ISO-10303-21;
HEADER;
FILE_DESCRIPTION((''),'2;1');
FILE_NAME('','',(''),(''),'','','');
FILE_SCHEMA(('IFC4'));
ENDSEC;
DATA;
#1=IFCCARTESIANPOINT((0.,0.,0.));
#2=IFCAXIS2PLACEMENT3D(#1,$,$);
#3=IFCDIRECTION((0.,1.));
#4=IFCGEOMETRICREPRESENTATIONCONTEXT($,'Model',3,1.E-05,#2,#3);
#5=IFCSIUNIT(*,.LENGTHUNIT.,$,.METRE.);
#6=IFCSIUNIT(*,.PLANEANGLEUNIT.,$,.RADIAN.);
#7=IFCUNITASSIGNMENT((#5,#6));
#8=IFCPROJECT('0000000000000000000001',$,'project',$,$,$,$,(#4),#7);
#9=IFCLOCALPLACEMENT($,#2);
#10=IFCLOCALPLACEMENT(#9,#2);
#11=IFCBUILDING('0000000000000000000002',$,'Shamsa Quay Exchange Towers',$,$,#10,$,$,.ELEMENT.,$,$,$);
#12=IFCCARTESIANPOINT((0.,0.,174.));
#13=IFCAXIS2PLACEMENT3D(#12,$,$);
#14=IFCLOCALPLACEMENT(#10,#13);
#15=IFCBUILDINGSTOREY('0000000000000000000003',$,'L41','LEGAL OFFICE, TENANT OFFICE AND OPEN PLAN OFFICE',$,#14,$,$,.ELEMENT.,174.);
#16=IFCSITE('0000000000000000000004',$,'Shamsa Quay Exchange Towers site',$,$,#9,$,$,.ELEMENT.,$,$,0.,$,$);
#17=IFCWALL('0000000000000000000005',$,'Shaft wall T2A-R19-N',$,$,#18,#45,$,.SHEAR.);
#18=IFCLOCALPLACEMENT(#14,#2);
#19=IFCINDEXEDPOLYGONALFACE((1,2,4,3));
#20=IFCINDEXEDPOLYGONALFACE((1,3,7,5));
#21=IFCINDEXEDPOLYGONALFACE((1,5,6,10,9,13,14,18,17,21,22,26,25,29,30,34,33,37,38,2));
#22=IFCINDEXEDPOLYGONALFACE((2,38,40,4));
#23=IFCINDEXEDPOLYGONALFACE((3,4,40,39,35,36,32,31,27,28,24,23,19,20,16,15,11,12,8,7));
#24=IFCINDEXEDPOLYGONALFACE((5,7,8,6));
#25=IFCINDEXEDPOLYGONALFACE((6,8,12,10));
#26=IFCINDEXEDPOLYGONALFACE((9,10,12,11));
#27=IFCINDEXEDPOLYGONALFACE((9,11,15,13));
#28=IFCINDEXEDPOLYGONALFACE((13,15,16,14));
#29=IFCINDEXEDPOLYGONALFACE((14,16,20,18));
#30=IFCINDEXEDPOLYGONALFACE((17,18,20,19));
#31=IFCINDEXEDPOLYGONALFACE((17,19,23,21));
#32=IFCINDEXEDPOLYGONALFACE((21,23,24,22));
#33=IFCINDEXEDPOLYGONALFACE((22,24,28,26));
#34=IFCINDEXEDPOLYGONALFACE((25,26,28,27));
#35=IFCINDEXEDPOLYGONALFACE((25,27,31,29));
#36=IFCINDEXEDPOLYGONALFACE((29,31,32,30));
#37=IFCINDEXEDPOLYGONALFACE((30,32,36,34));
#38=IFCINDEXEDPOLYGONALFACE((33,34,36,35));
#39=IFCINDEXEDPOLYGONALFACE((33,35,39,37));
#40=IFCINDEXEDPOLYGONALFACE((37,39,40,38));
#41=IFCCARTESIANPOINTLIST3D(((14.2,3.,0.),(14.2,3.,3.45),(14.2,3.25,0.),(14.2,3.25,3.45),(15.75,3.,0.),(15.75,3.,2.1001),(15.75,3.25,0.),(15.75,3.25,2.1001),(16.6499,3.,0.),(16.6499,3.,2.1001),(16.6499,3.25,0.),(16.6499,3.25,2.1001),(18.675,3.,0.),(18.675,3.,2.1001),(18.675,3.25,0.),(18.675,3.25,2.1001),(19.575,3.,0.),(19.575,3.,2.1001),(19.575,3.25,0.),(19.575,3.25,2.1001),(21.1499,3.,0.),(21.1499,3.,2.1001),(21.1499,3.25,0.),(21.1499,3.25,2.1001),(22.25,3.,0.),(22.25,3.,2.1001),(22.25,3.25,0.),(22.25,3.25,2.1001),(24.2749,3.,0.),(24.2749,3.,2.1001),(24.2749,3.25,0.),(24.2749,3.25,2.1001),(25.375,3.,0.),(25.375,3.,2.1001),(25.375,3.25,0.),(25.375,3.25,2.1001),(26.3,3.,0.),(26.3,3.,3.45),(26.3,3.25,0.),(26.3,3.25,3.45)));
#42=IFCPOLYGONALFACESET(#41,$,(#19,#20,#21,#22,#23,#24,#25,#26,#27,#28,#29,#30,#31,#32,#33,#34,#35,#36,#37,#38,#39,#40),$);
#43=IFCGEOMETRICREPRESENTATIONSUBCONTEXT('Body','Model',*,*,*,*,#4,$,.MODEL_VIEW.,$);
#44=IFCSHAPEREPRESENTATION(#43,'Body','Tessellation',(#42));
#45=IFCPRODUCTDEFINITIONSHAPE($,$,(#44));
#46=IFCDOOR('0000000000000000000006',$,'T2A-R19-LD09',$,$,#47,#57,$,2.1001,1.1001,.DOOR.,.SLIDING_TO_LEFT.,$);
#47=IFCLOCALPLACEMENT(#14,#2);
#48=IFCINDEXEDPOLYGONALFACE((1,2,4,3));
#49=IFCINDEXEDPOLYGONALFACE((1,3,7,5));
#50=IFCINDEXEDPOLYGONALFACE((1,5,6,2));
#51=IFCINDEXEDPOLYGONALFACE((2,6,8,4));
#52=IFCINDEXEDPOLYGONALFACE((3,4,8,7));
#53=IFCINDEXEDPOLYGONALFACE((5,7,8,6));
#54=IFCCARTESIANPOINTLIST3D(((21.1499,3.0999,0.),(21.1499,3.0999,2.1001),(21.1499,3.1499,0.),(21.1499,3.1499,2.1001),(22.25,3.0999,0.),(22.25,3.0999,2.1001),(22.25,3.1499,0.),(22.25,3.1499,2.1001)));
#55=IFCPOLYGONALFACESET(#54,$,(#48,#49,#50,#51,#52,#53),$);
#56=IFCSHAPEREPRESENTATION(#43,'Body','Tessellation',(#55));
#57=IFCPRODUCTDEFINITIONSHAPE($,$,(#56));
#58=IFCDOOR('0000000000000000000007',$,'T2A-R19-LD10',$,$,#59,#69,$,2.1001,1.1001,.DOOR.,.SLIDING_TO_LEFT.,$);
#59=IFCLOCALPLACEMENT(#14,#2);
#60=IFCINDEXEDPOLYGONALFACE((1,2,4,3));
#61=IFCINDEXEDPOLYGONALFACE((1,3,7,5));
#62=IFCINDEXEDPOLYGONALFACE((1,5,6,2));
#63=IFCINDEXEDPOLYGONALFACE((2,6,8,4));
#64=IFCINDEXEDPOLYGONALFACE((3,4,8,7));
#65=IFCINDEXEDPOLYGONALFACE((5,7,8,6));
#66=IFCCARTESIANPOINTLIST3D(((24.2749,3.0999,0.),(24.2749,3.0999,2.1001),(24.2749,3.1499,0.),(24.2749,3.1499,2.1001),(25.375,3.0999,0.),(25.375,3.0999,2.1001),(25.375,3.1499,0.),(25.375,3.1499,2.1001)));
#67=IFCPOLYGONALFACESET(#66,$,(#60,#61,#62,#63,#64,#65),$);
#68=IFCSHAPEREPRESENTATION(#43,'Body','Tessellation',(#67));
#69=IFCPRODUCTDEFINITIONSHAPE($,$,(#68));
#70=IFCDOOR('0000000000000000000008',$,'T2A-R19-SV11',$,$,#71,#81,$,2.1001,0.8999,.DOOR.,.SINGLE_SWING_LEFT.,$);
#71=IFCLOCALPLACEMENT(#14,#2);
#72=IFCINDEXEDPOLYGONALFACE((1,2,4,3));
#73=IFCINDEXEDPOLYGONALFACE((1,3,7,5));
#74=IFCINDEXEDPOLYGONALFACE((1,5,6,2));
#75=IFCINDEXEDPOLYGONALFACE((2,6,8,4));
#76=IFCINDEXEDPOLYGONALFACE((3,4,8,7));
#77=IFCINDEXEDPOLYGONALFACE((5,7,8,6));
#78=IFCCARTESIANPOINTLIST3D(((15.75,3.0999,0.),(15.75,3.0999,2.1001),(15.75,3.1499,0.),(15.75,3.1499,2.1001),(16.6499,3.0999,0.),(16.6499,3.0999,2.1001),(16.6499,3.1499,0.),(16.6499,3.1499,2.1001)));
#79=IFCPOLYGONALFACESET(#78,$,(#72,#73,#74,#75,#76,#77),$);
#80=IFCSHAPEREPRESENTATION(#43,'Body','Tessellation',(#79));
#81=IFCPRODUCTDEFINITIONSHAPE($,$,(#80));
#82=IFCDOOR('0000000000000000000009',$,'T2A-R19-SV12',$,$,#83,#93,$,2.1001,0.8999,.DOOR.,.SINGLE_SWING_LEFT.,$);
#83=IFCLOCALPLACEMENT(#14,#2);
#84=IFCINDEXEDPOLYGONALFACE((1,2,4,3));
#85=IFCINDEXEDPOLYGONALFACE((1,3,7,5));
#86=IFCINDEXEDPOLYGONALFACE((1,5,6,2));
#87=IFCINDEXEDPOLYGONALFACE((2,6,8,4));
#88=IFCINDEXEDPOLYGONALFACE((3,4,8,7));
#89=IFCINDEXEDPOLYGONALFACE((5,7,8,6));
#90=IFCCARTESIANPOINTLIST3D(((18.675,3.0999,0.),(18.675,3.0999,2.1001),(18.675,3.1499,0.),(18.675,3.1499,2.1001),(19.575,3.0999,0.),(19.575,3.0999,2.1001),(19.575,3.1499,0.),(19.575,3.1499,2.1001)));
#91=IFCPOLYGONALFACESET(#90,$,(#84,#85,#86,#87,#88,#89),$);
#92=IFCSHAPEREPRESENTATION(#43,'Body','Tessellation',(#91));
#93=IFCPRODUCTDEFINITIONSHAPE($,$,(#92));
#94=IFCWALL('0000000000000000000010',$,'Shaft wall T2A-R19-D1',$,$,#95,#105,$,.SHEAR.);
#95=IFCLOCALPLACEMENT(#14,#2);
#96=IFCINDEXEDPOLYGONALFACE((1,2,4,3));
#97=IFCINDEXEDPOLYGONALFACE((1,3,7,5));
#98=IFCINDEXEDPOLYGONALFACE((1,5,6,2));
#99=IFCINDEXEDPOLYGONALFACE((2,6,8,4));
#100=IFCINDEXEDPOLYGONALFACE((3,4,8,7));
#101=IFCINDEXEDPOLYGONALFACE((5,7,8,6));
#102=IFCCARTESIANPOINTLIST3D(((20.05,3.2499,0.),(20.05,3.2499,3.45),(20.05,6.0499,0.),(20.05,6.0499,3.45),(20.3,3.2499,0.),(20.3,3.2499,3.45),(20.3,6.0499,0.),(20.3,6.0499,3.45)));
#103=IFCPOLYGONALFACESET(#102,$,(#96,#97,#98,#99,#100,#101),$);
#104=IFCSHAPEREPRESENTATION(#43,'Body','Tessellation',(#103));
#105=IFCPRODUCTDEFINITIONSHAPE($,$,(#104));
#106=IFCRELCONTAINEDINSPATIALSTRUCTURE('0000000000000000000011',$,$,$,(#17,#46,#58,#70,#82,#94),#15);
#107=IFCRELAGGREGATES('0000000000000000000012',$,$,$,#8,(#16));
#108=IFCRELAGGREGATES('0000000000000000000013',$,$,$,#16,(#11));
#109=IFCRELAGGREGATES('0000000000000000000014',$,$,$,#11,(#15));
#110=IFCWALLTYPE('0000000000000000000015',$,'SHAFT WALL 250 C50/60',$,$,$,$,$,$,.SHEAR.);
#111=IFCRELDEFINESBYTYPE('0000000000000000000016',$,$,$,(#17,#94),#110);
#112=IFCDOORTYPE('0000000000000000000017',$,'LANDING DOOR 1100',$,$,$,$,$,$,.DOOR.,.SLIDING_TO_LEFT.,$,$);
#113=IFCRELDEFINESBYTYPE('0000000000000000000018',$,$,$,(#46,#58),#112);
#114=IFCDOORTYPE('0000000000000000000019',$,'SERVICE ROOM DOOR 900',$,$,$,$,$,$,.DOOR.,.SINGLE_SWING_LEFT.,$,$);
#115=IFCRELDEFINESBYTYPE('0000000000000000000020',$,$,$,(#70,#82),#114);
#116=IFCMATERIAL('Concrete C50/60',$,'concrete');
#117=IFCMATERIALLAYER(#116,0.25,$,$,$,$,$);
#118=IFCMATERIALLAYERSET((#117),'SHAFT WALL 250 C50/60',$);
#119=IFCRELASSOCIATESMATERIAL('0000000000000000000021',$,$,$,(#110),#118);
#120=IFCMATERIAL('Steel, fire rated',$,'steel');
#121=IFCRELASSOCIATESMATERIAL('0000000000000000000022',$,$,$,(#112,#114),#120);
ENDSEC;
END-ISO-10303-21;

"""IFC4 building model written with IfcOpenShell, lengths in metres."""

from ifc_helpers import new_model, si_unit, direction, frame, frame_2d, origin, place, context, subcontext, project, spatial, rectangle, extrude, material, layer, layer_set, type_object, element, fill, save


model = new_model("IFC4")

# Units and contexts
model_context = context("Model", 3, precision=1e-05, world=origin(), true_north=direction((0.0, 1.0)))
body_context = subcontext(model_context, "Body", "Model", "MODEL_VIEW")
ifc_project = project(units=[si_unit("LENGTHUNIT", "METRE"), si_unit("PLANEANGLEUNIT", "RADIAN")], contexts=[model_context])

# Site, building, storey
site_placement = place(None, origin())
site = spatial("IfcSite", under=ifc_project, at=site_placement, Name="Shamsa Quay Exchange Towers site", CompositionType="ELEMENT", RefElevation=0.0)
building_placement = place(site_placement, origin())
building = spatial("IfcBuilding", under=site, at=building_placement, Name="Shamsa Quay Exchange Towers", CompositionType="ELEMENT")
storey_placement = place(building_placement, frame((0.0, 0.0, 174.0)))
storey = spatial("IfcBuildingStorey", under=building, at=storey_placement, Name="L41", Description="LEGAL OFFICE, TENANT OFFICE AND OPEN PLAN OFFICE", CompositionType="ELEMENT", Elevation=174.0)

# Shared definitions
ifc_material_1 = material(Name="Concrete C50/60", Category="concrete")

# Shared definitions
ifc_material_2 = material(Name="Steel, fire rated", Category="steel")

# Wall, openings, doors
ifc_layer_1 = layer(ifc_material_1, 0.25)
ifc_layer_set_1 = layer_set([ifc_layer_1], Name="SHAFT WALL 250 C50/60")
wall_type_1 = type_object("IfcWallType", Name="SHAFT WALL 250 C50/60", PredefinedType="SHEAR", material=ifc_layer_set_1)
wall_1_placement = place(storey_placement, frame((14.2, 3.125, 0.0)))
wall_1 = element("IfcWall", 1, at=wall_1_placement, inside=storey, type_object=wall_type_1, Name="Shaft wall T2A-R19-N", PredefinedType="SHEAR", context=body_context, shape_type="SweptSolid", body=[
    extrude(rectangle(XDim=12.1001, YDim=0.25, at=frame_2d((6.05, 0.0))), origin(), (0.0, 0.0, 1.0), 3.45),
])
opening_1_placement = place(wall_1_placement, frame((6.95, 0.0, 0.0)))
opening_1 = element("IfcOpeningElement", 2, at=opening_1_placement, cuts=wall_1, PredefinedType="OPENING", context=body_context, shape_type="SweptSolid", body=[
    extrude(rectangle(XDim=1.1001, YDim=2.1001, at=frame_2d((0.55, 1.05))), frame((0.0, 0.135, 0.0), z_axis=(0.0, -1.0, 0.0), x_axis=(1.0, 0.0, 0.0)), (0.0, 0.0, 1.0), 0.27),
])
opening_2_placement = place(wall_1_placement, frame((10.075, 0.0, 0.0)))
opening_2 = element("IfcOpeningElement", 3, at=opening_2_placement, cuts=wall_1, PredefinedType="OPENING", context=body_context, shape_type="SweptSolid", body=[
    extrude(rectangle(XDim=1.1001, YDim=2.1001, at=frame_2d((0.55, 1.05))), frame((0.0, 0.135, 0.0), z_axis=(0.0, -1.0, 0.0), x_axis=(1.0, 0.0, 0.0)), (0.0, 0.0, 1.0), 0.27),
])
opening_3_placement = place(wall_1_placement, frame((1.55, 0.0, 0.0)))
opening_3 = element("IfcOpeningElement", 4, at=opening_3_placement, cuts=wall_1, PredefinedType="OPENING", context=body_context, shape_type="SweptSolid", body=[
    extrude(rectangle(XDim=0.8999, YDim=2.1001, at=frame_2d((0.45, 1.05))), frame((0.0, 0.135, 0.0), z_axis=(0.0, -1.0, 0.0), x_axis=(1.0, 0.0, 0.0)), (0.0, 0.0, 1.0), 0.27),
])
opening_4_placement = place(wall_1_placement, frame((4.4751, 0.0, 0.0)))
opening_4 = element("IfcOpeningElement", 5, at=opening_4_placement, cuts=wall_1, PredefinedType="OPENING", context=body_context, shape_type="SweptSolid", body=[
    extrude(rectangle(XDim=0.8999, YDim=2.1001, at=frame_2d((0.45, 1.05))), frame((0.0, 0.135, 0.0), z_axis=(0.0, -1.0, 0.0), x_axis=(1.0, 0.0, 0.0)), (0.0, 0.0, 1.0), 0.27),
])
door_type_1 = type_object("IfcDoorType", Name="LANDING DOOR 1100", OperationType="SLIDING_TO_LEFT", PredefinedType="DOOR", material=ifc_material_2)
door_1_placement = place(opening_1_placement, origin())
door_1 = element("IfcDoor", 6, at=door_1_placement, inside=storey, type_object=door_type_1, Name="T2A-R19-LD09", OperationType="SLIDING_TO_LEFT", OverallHeight=2.1001, OverallWidth=1.1001, PredefinedType="DOOR", context=body_context, shape_type="SweptSolid", body=[
    extrude(rectangle(XDim=1.1001, YDim=2.1001, at=frame_2d((0.55, 1.05))), frame((0.0, 0.0249, 0.0), z_axis=(0.0, -1.0, 0.0), x_axis=(1.0, 0.0, 0.0)), (0.0, 0.0, 1.0), 0.05),
])
fill(opening_1, door_1)
door_2_placement = place(opening_2_placement, origin())
door_2 = element("IfcDoor", 7, at=door_2_placement, inside=storey, type_object=door_type_1, Name="T2A-R19-LD10", OperationType="SLIDING_TO_LEFT", OverallHeight=2.1001, OverallWidth=1.1001, PredefinedType="DOOR", context=body_context, shape_type="SweptSolid", body=[
    extrude(rectangle(XDim=1.1001, YDim=2.1001, at=frame_2d((0.55, 1.05))), frame((0.0, 0.0249, 0.0), z_axis=(0.0, -1.0, 0.0), x_axis=(1.0, 0.0, 0.0)), (0.0, 0.0, 1.0), 0.05),
])
fill(opening_2, door_2)
door_type_2 = type_object("IfcDoorType", Name="SERVICE ROOM DOOR 900", OperationType="SINGLE_SWING_LEFT", PredefinedType="DOOR", material=ifc_material_2)
door_3_placement = place(opening_3_placement, origin())
door_3 = element("IfcDoor", 8, at=door_3_placement, inside=storey, type_object=door_type_2, Name="T2A-R19-SV11", OperationType="SINGLE_SWING_LEFT", OverallHeight=2.1001, OverallWidth=0.8999, PredefinedType="DOOR", context=body_context, shape_type="SweptSolid", body=[
    extrude(rectangle(XDim=0.8999, YDim=2.1001, at=frame_2d((0.45, 1.05))), frame((0.0, 0.0249, 0.0), z_axis=(0.0, -1.0, 0.0), x_axis=(1.0, 0.0, 0.0)), (0.0, 0.0, 1.0), 0.05),
])
fill(opening_3, door_3)
door_4_placement = place(opening_4_placement, origin())
door_4 = element("IfcDoor", 9, at=door_4_placement, inside=storey, type_object=door_type_2, Name="T2A-R19-SV12", OperationType="SINGLE_SWING_LEFT", OverallHeight=2.1001, OverallWidth=0.8999, PredefinedType="DOOR", context=body_context, shape_type="SweptSolid", body=[
    extrude(rectangle(XDim=0.8999, YDim=2.1001, at=frame_2d((0.45, 1.05))), frame((0.0, 0.0249, 0.0), z_axis=(0.0, -1.0, 0.0), x_axis=(1.0, 0.0, 0.0)), (0.0, 0.0, 1.0), 0.05),
])
fill(opening_4, door_4)

# Wall
wall_2_placement = place(storey_placement, frame((20.175, 3.25, 0.0), z_axis=(0.0, 0.0, 1.0), x_axis=(0.0, 1.0, 0.0)))
element("IfcWall", 10, at=wall_2_placement, inside=storey, type_object=wall_type_1, Name="Shaft wall T2A-R19-D1", PredefinedType="SHEAR", context=body_context, shape_type="SweptSolid", body=[
    extrude(rectangle(XDim=2.8, YDim=0.25, at=frame_2d((1.3999, 0.0))), origin(), (0.0, 0.0, 1.0), 3.45),
])

save(model, "model.ifc")
